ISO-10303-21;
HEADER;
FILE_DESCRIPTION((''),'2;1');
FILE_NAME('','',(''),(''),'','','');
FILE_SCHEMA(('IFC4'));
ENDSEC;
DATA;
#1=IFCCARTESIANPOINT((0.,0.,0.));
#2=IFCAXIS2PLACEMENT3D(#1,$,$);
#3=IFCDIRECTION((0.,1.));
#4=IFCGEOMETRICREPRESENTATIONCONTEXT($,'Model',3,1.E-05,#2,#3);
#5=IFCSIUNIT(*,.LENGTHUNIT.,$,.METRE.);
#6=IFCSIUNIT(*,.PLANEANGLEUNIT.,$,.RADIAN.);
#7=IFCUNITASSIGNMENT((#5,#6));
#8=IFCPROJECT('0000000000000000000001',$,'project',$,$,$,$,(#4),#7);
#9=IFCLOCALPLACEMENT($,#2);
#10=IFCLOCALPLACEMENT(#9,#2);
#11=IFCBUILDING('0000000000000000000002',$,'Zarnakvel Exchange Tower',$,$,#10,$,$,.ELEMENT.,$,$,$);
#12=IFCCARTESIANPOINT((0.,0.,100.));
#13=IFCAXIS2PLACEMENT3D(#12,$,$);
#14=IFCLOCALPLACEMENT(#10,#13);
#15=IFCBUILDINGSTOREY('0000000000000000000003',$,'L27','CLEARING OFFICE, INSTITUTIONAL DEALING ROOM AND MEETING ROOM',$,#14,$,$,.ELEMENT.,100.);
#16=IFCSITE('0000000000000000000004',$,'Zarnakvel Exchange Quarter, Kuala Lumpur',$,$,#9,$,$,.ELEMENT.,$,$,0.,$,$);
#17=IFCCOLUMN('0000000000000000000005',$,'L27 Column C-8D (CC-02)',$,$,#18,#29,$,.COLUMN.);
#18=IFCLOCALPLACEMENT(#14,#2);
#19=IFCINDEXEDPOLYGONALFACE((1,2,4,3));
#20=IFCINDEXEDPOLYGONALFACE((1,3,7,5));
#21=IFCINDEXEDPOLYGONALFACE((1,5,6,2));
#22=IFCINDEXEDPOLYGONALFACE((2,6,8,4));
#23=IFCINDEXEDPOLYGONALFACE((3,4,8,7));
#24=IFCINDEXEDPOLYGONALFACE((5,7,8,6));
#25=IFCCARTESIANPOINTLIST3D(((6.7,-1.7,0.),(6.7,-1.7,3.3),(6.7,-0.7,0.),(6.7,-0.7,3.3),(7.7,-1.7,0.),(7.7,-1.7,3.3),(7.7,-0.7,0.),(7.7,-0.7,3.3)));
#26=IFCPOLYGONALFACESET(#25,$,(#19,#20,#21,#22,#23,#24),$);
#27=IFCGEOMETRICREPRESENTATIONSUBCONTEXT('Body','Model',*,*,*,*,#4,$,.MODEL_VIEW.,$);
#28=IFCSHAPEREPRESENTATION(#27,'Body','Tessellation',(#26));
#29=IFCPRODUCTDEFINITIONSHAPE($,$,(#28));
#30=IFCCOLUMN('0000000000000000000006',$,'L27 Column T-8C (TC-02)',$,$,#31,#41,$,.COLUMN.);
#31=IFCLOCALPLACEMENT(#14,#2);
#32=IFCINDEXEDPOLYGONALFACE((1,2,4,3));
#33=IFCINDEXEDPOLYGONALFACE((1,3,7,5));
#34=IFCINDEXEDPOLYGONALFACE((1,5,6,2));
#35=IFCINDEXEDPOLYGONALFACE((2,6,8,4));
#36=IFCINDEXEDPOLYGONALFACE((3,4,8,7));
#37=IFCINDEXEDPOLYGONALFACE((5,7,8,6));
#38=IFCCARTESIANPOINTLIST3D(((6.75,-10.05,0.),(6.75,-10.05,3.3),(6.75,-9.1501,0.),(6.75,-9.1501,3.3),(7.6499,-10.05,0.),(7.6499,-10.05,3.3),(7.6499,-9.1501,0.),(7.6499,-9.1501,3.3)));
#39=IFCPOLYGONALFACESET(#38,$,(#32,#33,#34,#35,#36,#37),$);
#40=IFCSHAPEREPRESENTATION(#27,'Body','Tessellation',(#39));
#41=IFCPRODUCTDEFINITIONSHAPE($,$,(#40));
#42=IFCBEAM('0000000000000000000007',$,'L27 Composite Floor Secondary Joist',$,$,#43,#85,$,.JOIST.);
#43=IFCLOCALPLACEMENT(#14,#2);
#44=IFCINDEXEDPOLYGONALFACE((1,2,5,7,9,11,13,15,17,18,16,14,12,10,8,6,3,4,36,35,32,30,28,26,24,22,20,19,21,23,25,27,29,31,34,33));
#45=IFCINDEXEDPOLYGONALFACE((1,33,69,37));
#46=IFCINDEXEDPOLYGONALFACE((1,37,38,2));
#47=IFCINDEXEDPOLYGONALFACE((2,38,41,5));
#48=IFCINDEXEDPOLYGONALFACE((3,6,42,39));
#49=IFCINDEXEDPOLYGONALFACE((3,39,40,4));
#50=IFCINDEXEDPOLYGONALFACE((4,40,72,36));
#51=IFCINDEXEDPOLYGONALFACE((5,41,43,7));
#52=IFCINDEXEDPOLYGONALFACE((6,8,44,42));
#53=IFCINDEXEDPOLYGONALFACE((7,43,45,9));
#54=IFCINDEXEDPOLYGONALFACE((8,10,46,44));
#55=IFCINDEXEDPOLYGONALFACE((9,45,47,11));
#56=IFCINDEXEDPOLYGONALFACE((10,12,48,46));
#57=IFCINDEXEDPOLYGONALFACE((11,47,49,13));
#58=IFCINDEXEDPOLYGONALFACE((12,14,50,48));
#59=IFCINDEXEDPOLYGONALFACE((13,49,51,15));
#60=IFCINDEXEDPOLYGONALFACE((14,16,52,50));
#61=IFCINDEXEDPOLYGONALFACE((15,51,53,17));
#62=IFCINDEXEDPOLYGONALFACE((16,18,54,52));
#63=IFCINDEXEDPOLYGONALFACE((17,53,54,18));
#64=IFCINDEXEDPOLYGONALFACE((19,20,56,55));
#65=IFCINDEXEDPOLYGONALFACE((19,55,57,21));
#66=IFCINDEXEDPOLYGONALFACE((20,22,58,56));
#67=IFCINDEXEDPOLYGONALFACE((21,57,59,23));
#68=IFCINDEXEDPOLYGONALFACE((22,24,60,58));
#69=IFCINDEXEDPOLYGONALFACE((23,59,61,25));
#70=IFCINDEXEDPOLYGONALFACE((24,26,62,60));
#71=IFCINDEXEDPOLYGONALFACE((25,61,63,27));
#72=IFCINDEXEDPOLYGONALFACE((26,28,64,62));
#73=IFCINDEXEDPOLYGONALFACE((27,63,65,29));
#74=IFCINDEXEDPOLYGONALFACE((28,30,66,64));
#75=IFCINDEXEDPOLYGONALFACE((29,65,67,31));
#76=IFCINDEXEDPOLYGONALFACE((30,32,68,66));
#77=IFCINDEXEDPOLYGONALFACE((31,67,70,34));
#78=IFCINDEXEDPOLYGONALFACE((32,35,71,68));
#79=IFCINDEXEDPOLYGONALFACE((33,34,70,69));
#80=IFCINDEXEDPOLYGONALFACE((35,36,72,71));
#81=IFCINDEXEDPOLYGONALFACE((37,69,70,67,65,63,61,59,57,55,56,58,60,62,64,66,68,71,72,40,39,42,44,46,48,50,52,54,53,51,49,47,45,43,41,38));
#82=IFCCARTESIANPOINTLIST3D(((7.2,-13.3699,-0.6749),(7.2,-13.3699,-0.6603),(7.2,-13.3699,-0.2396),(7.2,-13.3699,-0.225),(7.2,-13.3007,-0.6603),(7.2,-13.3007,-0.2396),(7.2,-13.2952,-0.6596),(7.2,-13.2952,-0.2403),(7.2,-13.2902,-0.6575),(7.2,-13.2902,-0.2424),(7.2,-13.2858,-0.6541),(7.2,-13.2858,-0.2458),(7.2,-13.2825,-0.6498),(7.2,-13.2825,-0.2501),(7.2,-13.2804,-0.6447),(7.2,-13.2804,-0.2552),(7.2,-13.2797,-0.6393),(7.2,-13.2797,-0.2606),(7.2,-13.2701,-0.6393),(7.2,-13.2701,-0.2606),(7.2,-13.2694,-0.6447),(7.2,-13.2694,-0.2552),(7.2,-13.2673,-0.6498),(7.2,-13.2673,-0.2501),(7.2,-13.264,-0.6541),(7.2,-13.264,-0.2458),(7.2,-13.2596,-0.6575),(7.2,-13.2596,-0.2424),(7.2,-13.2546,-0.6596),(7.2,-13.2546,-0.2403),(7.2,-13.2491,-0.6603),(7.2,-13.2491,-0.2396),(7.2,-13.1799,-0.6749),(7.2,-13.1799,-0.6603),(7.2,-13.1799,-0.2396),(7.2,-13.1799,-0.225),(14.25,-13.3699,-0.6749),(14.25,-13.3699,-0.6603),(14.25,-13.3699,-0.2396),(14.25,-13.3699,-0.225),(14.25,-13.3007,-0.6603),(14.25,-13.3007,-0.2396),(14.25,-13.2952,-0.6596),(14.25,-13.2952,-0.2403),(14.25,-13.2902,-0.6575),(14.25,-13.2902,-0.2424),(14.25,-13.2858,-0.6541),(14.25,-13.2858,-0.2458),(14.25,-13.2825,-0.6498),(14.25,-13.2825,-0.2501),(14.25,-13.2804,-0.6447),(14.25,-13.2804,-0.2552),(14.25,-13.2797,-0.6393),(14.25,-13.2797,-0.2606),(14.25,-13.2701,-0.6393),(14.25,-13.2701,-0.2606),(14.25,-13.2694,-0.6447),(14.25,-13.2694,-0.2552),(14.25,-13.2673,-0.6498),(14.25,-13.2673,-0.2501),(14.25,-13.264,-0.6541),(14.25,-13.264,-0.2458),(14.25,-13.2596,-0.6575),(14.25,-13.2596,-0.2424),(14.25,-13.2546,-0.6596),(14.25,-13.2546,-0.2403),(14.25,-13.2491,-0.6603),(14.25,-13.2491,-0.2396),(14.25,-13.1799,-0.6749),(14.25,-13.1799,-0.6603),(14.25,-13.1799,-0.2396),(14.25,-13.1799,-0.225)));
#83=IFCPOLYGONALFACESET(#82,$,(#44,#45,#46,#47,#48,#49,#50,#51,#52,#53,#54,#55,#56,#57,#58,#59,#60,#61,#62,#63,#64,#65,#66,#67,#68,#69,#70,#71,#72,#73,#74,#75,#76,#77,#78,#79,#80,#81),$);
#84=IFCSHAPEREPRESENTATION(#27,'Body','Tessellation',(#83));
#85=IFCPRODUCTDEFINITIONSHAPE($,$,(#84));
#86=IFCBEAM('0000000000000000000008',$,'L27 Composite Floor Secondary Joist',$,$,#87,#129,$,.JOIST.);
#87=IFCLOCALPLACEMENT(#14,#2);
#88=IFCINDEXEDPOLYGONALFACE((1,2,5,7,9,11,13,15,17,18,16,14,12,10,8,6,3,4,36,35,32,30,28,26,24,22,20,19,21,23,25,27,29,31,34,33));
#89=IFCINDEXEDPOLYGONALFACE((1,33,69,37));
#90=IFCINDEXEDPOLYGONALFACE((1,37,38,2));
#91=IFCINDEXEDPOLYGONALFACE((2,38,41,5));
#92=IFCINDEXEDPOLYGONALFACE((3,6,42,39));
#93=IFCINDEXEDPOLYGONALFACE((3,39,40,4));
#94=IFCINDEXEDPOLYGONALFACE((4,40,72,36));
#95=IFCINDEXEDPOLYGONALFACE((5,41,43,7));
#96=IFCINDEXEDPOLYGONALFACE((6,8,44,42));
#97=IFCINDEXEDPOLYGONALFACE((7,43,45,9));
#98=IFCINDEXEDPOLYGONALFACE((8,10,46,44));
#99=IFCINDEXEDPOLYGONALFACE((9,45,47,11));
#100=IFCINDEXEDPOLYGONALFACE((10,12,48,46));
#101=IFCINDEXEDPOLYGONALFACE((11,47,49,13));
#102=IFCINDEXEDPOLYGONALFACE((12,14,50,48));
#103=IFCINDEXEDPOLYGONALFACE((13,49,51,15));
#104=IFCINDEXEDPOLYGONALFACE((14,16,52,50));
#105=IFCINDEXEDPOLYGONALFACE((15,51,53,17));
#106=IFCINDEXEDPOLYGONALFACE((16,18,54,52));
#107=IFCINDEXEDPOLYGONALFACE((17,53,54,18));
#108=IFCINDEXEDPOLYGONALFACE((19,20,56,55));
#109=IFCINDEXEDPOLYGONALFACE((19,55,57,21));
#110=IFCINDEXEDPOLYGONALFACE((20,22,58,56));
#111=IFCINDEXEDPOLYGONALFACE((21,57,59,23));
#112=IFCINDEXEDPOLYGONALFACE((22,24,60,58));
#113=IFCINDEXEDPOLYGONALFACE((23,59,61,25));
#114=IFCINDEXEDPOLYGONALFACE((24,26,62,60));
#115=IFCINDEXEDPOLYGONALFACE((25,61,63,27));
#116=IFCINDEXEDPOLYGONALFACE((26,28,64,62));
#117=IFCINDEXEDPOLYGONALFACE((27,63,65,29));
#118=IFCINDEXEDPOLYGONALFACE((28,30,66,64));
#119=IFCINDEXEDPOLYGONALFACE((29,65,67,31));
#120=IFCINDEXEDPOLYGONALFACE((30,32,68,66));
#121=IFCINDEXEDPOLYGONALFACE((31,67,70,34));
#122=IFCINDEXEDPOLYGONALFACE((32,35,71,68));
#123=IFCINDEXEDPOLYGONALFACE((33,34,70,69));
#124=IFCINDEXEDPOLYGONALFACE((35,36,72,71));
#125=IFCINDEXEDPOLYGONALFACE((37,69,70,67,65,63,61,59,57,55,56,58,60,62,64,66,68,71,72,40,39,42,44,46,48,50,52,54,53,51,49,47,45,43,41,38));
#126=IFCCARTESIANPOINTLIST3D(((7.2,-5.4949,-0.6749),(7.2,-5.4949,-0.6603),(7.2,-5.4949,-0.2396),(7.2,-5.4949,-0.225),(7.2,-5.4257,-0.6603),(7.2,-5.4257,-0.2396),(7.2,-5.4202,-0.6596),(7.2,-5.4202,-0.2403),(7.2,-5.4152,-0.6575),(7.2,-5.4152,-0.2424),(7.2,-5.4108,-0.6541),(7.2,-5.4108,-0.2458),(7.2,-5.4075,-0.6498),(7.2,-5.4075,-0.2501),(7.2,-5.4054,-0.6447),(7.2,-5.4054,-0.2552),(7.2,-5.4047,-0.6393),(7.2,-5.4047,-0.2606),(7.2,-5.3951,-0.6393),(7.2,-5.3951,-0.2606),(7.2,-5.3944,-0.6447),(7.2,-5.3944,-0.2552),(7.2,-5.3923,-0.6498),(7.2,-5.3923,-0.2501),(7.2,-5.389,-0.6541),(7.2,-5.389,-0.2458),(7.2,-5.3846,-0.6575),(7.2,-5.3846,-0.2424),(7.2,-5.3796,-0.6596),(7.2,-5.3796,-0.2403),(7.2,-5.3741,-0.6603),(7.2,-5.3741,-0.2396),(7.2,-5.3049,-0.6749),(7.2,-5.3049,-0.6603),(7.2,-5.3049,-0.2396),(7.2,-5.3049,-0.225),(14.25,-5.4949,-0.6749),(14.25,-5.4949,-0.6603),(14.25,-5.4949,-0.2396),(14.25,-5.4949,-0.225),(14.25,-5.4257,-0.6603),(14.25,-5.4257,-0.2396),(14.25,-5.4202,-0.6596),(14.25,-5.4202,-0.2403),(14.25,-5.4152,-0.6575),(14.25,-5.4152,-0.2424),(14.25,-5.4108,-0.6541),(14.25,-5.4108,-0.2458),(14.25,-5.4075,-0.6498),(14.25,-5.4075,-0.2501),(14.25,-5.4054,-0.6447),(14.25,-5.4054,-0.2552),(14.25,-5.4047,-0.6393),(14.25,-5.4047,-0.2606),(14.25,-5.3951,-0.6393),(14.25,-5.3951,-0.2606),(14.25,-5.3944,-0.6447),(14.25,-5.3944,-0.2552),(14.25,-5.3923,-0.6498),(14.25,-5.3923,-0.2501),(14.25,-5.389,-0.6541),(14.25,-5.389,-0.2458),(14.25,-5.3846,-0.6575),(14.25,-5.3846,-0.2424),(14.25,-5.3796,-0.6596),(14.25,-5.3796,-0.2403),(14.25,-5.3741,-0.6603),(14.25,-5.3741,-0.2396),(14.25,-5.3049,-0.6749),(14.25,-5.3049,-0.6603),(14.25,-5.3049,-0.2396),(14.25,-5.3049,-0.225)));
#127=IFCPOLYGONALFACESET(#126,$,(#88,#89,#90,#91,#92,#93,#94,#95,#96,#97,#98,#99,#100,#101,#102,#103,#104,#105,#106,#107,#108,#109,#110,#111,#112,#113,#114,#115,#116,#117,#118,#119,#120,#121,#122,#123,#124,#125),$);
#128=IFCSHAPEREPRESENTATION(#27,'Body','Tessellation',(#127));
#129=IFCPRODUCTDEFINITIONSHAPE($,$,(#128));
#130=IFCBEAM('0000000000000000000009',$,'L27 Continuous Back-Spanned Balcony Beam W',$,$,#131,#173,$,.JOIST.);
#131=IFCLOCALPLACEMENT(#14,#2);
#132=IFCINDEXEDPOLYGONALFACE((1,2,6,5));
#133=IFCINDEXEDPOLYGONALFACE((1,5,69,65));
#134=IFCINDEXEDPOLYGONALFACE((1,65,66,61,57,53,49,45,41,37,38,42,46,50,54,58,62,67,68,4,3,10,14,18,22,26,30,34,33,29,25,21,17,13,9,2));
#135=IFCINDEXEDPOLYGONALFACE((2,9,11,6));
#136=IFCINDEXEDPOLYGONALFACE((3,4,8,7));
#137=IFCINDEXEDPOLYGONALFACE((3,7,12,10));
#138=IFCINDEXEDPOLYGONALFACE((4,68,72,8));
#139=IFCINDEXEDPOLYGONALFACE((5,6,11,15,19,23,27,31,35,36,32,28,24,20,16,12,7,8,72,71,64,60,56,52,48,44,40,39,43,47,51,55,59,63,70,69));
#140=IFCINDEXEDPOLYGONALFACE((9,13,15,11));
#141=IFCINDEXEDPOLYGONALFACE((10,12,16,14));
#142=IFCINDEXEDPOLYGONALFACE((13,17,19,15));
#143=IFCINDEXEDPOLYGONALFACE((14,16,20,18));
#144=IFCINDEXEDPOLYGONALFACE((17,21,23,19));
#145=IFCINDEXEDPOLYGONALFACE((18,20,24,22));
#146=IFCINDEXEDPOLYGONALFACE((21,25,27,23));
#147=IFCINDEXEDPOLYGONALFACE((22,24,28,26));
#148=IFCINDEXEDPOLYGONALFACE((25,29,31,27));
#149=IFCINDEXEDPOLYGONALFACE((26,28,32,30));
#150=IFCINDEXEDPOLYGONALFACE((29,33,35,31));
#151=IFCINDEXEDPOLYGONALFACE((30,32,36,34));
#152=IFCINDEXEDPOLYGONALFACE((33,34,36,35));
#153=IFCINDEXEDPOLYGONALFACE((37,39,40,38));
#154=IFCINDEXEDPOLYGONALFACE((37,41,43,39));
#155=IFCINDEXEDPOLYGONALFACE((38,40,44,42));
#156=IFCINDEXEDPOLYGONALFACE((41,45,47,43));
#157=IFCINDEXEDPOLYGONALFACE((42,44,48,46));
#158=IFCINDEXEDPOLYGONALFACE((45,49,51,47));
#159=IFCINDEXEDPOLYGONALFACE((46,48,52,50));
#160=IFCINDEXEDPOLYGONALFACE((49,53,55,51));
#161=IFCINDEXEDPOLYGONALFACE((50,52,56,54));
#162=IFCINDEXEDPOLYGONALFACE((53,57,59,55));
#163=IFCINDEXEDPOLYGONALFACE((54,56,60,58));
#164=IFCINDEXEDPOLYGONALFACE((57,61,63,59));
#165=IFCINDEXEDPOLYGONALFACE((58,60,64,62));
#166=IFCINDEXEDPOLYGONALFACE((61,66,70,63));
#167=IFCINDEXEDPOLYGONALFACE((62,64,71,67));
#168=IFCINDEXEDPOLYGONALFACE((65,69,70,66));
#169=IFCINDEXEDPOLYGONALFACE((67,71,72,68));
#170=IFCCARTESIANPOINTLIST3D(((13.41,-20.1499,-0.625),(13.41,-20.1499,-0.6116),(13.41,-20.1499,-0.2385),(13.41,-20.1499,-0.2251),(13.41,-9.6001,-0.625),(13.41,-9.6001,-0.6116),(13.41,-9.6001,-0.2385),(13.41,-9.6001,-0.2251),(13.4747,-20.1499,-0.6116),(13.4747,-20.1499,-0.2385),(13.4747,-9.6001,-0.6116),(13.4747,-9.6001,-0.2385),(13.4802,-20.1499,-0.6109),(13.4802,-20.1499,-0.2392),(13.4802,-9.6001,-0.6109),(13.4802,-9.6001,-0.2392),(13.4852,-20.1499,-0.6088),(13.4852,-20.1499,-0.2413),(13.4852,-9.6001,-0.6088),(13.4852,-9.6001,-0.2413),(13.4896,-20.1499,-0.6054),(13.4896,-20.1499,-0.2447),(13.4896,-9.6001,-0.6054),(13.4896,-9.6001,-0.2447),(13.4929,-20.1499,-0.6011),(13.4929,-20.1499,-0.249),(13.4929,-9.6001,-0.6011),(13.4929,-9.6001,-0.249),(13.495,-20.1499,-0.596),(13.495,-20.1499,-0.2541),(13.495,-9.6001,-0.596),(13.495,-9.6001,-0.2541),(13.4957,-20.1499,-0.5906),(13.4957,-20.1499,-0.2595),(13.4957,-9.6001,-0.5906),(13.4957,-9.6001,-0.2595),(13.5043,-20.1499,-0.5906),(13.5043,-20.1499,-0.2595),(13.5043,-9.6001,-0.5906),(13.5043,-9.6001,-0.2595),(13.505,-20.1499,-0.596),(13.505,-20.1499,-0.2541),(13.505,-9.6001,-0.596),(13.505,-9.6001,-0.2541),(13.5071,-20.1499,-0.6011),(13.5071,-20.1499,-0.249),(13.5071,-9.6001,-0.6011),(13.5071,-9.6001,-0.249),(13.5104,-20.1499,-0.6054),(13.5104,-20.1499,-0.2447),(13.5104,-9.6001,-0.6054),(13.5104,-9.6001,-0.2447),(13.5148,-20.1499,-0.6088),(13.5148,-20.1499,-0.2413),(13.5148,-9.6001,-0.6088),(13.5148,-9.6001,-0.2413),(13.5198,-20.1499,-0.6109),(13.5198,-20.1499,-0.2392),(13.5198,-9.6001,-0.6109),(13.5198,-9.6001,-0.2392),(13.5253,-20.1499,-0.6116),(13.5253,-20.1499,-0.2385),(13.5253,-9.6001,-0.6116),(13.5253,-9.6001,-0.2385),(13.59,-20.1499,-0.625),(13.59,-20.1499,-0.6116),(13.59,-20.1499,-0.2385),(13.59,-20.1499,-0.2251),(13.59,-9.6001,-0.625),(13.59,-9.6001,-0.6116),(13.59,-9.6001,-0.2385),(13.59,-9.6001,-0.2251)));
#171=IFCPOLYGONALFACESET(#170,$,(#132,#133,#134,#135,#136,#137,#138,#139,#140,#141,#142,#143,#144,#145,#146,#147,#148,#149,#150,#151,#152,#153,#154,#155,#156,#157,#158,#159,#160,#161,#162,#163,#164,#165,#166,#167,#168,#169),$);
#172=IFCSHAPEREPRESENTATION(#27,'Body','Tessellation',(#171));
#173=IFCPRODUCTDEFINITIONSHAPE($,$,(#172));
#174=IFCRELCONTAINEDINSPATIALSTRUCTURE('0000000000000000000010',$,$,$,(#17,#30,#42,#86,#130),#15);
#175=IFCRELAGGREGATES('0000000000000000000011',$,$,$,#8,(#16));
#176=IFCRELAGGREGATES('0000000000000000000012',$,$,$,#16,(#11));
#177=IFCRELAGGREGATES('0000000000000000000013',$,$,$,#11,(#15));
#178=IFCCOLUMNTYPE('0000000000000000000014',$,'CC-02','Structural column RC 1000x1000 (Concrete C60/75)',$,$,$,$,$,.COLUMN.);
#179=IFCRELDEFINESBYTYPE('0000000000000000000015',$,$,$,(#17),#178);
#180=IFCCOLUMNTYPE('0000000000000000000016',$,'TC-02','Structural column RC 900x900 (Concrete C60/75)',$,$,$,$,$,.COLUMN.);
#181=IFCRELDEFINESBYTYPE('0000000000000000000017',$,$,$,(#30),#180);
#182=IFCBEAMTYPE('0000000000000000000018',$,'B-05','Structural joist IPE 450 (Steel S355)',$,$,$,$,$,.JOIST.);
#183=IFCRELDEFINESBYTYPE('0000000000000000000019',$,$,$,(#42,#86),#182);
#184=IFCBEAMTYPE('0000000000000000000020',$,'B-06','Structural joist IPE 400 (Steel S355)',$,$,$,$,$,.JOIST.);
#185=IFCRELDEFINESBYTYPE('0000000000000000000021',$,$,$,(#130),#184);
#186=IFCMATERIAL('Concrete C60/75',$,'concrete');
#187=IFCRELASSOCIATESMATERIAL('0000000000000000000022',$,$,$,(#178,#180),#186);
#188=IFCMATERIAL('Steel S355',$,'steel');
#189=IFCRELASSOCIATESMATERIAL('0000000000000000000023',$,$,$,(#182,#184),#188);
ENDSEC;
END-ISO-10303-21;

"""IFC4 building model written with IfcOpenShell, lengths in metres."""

from ifc_helpers import new_model, si_unit, direction, frame, origin, origin_2d, place, context, subcontext, project, spatial, rectangle, i_section, extrude, material, material_profile, profile_set, type_object, element, save


model = new_model("IFC4")

# Units and contexts
model_context = context("Model", 3, precision=1e-05, world=origin(), true_north=direction((0.0, 1.0)))
body_context = subcontext(model_context, "Body", "Model", "MODEL_VIEW")
ifc_project = project(units=[si_unit("LENGTHUNIT", "METRE"), si_unit("PLANEANGLEUNIT", "RADIAN")], contexts=[model_context])

# Site, building, storey
site_placement = place(None, origin())
site = spatial("IfcSite", under=ifc_project, at=site_placement, Name="Zarnakvel Exchange Quarter, Kuala Lumpur", CompositionType="ELEMENT", RefElevation=0.0)
building_placement = place(site_placement, origin())
building = spatial("IfcBuilding", under=site, at=building_placement, Name="Zarnakvel Exchange Tower", CompositionType="ELEMENT")
storey_placement = place(building_placement, frame((0.0, 0.0, 100.0)))
storey = spatial("IfcBuildingStorey", under=building, at=storey_placement, Name="L27", Description="CLEARING OFFICE, INSTITUTIONAL DEALING ROOM AND MEETING ROOM", CompositionType="ELEMENT", Elevation=100.0)

# Columns
ifc_material_1 = material(Name="Concrete C60/75", Category="concrete")
ifc_material_profile_1 = material_profile(ifc_material_1, rectangle(XDim=1.0, YDim=1.0, at=origin_2d()))
ifc_profile_set_1 = profile_set([ifc_material_profile_1], Name="Concrete C60/75")
column_type_1 = type_object("IfcColumnType", Name="CC-02", Description="Structural column RC 1000x1000 (Concrete C60/75)", PredefinedType="COLUMN", material=ifc_profile_set_1)
column_1_placement = place(storey_placement, frame((7.2, -1.2, 0.0), z_axis=(0.0, 0.0, 1.0), x_axis=(1.0, 0.0, 0.0)))
element("IfcColumn", 1, at=column_1_placement, inside=storey, type_object=column_type_1, Name="L27 Column C-8D (CC-02)", PredefinedType="COLUMN", context=body_context, shape_type="SweptSolid", body=[
    extrude(rectangle(XDim=1.0, YDim=1.0, at=origin_2d()), origin(), (0.0, 0.0, 1.0), 3.3),
])
ifc_material_profile_2 = material_profile(ifc_material_1, rectangle(XDim=0.8999, YDim=0.8999, at=origin_2d()))
ifc_profile_set_2 = profile_set([ifc_material_profile_2], Name="Concrete C60/75")
column_type_2 = type_object("IfcColumnType", Name="TC-02", Description="Structural column RC 900x900 (Concrete C60/75)", PredefinedType="COLUMN", material=ifc_profile_set_2)
column_2_placement = place(storey_placement, frame((7.2, -9.6001, 0.0), z_axis=(0.0, 0.0, 1.0), x_axis=(1.0, 0.0, 0.0)))
element("IfcColumn", 2, at=column_2_placement, inside=storey, type_object=column_type_2, Name="L27 Column T-8C (TC-02)", PredefinedType="COLUMN", context=body_context, shape_type="SweptSolid", body=[
    extrude(rectangle(XDim=0.8999, YDim=0.8999, at=origin_2d()), origin(), (0.0, 0.0, 1.0), 3.3),
])

# Beams
ifc_material_2 = material(Name="Steel S355", Category="steel")
ifc_material_profile_3 = material_profile(ifc_material_2, i_section(OverallWidth=0.1899, OverallDepth=0.45, WebThickness=0.0095, FlangeThickness=0.0146, FilletRadius=0.021, at=origin_2d()))
ifc_profile_set_3 = profile_set([ifc_material_profile_3], Name="Steel S355")
beam_type_1 = type_object("IfcBeamType", Name="B-05", Description="Structural joist IPE 450 (Steel S355)", PredefinedType="JOIST", material=ifc_profile_set_3)
for number, where, z_axis, x_axis, name in (
    (3, (7.2, -13.2749, -0.45), (1.0, 0.0, 0.0), (0.0, 1.0, 0.0), "L27 Composite Floor Secondary Joist"),
    (4, (7.2, -5.3999, -0.45), (1.0, 0.0, 0.0), (0.0, 1.0, 0.0), "L27 Composite Floor Secondary Joist"),
):
    element("IfcBeam", number, at=place(storey_placement, frame(where, z_axis=z_axis, x_axis=x_axis)), inside=storey, type_object=beam_type_1, Name=name, PredefinedType="JOIST", context=body_context, shape_type="SweptSolid", body=[
        extrude(i_section(OverallWidth=0.1899, OverallDepth=0.45, WebThickness=0.0095, FlangeThickness=0.0146, FilletRadius=0.021, at=origin_2d()), origin(), (0.0, 0.0, 1.0), 7.05),
    ])
ifc_material_profile_4 = material_profile(ifc_material_2, i_section(OverallWidth=0.1799, OverallDepth=0.3999, WebThickness=0.0085, FlangeThickness=0.0134, FilletRadius=0.021, at=origin_2d()))
ifc_profile_set_4 = profile_set([ifc_material_profile_4], Name="Steel S355")
beam_type_2 = type_object("IfcBeamType", Name="B-06", Description="Structural joist IPE 400 (Steel S355)", PredefinedType="JOIST", material=ifc_profile_set_4)
beam_1_placement = place(storey_placement, frame((13.5, -9.6001, -0.425), z_axis=(0.0, -1.0, 0.0), x_axis=(1.0, 0.0, 0.0)))
element("IfcBeam", 5, at=beam_1_placement, inside=storey, type_object=beam_type_2, Name="L27 Continuous Back-Spanned Balcony Beam W", PredefinedType="JOIST", context=body_context, shape_type="SweptSolid", body=[
    extrude(i_section(OverallWidth=0.1799, OverallDepth=0.3999, WebThickness=0.0085, FlangeThickness=0.0134, FilletRadius=0.021, at=origin_2d()), origin(), (0.0, 0.0, 1.0), 10.5498),
])

save(model, "model.ifc")
